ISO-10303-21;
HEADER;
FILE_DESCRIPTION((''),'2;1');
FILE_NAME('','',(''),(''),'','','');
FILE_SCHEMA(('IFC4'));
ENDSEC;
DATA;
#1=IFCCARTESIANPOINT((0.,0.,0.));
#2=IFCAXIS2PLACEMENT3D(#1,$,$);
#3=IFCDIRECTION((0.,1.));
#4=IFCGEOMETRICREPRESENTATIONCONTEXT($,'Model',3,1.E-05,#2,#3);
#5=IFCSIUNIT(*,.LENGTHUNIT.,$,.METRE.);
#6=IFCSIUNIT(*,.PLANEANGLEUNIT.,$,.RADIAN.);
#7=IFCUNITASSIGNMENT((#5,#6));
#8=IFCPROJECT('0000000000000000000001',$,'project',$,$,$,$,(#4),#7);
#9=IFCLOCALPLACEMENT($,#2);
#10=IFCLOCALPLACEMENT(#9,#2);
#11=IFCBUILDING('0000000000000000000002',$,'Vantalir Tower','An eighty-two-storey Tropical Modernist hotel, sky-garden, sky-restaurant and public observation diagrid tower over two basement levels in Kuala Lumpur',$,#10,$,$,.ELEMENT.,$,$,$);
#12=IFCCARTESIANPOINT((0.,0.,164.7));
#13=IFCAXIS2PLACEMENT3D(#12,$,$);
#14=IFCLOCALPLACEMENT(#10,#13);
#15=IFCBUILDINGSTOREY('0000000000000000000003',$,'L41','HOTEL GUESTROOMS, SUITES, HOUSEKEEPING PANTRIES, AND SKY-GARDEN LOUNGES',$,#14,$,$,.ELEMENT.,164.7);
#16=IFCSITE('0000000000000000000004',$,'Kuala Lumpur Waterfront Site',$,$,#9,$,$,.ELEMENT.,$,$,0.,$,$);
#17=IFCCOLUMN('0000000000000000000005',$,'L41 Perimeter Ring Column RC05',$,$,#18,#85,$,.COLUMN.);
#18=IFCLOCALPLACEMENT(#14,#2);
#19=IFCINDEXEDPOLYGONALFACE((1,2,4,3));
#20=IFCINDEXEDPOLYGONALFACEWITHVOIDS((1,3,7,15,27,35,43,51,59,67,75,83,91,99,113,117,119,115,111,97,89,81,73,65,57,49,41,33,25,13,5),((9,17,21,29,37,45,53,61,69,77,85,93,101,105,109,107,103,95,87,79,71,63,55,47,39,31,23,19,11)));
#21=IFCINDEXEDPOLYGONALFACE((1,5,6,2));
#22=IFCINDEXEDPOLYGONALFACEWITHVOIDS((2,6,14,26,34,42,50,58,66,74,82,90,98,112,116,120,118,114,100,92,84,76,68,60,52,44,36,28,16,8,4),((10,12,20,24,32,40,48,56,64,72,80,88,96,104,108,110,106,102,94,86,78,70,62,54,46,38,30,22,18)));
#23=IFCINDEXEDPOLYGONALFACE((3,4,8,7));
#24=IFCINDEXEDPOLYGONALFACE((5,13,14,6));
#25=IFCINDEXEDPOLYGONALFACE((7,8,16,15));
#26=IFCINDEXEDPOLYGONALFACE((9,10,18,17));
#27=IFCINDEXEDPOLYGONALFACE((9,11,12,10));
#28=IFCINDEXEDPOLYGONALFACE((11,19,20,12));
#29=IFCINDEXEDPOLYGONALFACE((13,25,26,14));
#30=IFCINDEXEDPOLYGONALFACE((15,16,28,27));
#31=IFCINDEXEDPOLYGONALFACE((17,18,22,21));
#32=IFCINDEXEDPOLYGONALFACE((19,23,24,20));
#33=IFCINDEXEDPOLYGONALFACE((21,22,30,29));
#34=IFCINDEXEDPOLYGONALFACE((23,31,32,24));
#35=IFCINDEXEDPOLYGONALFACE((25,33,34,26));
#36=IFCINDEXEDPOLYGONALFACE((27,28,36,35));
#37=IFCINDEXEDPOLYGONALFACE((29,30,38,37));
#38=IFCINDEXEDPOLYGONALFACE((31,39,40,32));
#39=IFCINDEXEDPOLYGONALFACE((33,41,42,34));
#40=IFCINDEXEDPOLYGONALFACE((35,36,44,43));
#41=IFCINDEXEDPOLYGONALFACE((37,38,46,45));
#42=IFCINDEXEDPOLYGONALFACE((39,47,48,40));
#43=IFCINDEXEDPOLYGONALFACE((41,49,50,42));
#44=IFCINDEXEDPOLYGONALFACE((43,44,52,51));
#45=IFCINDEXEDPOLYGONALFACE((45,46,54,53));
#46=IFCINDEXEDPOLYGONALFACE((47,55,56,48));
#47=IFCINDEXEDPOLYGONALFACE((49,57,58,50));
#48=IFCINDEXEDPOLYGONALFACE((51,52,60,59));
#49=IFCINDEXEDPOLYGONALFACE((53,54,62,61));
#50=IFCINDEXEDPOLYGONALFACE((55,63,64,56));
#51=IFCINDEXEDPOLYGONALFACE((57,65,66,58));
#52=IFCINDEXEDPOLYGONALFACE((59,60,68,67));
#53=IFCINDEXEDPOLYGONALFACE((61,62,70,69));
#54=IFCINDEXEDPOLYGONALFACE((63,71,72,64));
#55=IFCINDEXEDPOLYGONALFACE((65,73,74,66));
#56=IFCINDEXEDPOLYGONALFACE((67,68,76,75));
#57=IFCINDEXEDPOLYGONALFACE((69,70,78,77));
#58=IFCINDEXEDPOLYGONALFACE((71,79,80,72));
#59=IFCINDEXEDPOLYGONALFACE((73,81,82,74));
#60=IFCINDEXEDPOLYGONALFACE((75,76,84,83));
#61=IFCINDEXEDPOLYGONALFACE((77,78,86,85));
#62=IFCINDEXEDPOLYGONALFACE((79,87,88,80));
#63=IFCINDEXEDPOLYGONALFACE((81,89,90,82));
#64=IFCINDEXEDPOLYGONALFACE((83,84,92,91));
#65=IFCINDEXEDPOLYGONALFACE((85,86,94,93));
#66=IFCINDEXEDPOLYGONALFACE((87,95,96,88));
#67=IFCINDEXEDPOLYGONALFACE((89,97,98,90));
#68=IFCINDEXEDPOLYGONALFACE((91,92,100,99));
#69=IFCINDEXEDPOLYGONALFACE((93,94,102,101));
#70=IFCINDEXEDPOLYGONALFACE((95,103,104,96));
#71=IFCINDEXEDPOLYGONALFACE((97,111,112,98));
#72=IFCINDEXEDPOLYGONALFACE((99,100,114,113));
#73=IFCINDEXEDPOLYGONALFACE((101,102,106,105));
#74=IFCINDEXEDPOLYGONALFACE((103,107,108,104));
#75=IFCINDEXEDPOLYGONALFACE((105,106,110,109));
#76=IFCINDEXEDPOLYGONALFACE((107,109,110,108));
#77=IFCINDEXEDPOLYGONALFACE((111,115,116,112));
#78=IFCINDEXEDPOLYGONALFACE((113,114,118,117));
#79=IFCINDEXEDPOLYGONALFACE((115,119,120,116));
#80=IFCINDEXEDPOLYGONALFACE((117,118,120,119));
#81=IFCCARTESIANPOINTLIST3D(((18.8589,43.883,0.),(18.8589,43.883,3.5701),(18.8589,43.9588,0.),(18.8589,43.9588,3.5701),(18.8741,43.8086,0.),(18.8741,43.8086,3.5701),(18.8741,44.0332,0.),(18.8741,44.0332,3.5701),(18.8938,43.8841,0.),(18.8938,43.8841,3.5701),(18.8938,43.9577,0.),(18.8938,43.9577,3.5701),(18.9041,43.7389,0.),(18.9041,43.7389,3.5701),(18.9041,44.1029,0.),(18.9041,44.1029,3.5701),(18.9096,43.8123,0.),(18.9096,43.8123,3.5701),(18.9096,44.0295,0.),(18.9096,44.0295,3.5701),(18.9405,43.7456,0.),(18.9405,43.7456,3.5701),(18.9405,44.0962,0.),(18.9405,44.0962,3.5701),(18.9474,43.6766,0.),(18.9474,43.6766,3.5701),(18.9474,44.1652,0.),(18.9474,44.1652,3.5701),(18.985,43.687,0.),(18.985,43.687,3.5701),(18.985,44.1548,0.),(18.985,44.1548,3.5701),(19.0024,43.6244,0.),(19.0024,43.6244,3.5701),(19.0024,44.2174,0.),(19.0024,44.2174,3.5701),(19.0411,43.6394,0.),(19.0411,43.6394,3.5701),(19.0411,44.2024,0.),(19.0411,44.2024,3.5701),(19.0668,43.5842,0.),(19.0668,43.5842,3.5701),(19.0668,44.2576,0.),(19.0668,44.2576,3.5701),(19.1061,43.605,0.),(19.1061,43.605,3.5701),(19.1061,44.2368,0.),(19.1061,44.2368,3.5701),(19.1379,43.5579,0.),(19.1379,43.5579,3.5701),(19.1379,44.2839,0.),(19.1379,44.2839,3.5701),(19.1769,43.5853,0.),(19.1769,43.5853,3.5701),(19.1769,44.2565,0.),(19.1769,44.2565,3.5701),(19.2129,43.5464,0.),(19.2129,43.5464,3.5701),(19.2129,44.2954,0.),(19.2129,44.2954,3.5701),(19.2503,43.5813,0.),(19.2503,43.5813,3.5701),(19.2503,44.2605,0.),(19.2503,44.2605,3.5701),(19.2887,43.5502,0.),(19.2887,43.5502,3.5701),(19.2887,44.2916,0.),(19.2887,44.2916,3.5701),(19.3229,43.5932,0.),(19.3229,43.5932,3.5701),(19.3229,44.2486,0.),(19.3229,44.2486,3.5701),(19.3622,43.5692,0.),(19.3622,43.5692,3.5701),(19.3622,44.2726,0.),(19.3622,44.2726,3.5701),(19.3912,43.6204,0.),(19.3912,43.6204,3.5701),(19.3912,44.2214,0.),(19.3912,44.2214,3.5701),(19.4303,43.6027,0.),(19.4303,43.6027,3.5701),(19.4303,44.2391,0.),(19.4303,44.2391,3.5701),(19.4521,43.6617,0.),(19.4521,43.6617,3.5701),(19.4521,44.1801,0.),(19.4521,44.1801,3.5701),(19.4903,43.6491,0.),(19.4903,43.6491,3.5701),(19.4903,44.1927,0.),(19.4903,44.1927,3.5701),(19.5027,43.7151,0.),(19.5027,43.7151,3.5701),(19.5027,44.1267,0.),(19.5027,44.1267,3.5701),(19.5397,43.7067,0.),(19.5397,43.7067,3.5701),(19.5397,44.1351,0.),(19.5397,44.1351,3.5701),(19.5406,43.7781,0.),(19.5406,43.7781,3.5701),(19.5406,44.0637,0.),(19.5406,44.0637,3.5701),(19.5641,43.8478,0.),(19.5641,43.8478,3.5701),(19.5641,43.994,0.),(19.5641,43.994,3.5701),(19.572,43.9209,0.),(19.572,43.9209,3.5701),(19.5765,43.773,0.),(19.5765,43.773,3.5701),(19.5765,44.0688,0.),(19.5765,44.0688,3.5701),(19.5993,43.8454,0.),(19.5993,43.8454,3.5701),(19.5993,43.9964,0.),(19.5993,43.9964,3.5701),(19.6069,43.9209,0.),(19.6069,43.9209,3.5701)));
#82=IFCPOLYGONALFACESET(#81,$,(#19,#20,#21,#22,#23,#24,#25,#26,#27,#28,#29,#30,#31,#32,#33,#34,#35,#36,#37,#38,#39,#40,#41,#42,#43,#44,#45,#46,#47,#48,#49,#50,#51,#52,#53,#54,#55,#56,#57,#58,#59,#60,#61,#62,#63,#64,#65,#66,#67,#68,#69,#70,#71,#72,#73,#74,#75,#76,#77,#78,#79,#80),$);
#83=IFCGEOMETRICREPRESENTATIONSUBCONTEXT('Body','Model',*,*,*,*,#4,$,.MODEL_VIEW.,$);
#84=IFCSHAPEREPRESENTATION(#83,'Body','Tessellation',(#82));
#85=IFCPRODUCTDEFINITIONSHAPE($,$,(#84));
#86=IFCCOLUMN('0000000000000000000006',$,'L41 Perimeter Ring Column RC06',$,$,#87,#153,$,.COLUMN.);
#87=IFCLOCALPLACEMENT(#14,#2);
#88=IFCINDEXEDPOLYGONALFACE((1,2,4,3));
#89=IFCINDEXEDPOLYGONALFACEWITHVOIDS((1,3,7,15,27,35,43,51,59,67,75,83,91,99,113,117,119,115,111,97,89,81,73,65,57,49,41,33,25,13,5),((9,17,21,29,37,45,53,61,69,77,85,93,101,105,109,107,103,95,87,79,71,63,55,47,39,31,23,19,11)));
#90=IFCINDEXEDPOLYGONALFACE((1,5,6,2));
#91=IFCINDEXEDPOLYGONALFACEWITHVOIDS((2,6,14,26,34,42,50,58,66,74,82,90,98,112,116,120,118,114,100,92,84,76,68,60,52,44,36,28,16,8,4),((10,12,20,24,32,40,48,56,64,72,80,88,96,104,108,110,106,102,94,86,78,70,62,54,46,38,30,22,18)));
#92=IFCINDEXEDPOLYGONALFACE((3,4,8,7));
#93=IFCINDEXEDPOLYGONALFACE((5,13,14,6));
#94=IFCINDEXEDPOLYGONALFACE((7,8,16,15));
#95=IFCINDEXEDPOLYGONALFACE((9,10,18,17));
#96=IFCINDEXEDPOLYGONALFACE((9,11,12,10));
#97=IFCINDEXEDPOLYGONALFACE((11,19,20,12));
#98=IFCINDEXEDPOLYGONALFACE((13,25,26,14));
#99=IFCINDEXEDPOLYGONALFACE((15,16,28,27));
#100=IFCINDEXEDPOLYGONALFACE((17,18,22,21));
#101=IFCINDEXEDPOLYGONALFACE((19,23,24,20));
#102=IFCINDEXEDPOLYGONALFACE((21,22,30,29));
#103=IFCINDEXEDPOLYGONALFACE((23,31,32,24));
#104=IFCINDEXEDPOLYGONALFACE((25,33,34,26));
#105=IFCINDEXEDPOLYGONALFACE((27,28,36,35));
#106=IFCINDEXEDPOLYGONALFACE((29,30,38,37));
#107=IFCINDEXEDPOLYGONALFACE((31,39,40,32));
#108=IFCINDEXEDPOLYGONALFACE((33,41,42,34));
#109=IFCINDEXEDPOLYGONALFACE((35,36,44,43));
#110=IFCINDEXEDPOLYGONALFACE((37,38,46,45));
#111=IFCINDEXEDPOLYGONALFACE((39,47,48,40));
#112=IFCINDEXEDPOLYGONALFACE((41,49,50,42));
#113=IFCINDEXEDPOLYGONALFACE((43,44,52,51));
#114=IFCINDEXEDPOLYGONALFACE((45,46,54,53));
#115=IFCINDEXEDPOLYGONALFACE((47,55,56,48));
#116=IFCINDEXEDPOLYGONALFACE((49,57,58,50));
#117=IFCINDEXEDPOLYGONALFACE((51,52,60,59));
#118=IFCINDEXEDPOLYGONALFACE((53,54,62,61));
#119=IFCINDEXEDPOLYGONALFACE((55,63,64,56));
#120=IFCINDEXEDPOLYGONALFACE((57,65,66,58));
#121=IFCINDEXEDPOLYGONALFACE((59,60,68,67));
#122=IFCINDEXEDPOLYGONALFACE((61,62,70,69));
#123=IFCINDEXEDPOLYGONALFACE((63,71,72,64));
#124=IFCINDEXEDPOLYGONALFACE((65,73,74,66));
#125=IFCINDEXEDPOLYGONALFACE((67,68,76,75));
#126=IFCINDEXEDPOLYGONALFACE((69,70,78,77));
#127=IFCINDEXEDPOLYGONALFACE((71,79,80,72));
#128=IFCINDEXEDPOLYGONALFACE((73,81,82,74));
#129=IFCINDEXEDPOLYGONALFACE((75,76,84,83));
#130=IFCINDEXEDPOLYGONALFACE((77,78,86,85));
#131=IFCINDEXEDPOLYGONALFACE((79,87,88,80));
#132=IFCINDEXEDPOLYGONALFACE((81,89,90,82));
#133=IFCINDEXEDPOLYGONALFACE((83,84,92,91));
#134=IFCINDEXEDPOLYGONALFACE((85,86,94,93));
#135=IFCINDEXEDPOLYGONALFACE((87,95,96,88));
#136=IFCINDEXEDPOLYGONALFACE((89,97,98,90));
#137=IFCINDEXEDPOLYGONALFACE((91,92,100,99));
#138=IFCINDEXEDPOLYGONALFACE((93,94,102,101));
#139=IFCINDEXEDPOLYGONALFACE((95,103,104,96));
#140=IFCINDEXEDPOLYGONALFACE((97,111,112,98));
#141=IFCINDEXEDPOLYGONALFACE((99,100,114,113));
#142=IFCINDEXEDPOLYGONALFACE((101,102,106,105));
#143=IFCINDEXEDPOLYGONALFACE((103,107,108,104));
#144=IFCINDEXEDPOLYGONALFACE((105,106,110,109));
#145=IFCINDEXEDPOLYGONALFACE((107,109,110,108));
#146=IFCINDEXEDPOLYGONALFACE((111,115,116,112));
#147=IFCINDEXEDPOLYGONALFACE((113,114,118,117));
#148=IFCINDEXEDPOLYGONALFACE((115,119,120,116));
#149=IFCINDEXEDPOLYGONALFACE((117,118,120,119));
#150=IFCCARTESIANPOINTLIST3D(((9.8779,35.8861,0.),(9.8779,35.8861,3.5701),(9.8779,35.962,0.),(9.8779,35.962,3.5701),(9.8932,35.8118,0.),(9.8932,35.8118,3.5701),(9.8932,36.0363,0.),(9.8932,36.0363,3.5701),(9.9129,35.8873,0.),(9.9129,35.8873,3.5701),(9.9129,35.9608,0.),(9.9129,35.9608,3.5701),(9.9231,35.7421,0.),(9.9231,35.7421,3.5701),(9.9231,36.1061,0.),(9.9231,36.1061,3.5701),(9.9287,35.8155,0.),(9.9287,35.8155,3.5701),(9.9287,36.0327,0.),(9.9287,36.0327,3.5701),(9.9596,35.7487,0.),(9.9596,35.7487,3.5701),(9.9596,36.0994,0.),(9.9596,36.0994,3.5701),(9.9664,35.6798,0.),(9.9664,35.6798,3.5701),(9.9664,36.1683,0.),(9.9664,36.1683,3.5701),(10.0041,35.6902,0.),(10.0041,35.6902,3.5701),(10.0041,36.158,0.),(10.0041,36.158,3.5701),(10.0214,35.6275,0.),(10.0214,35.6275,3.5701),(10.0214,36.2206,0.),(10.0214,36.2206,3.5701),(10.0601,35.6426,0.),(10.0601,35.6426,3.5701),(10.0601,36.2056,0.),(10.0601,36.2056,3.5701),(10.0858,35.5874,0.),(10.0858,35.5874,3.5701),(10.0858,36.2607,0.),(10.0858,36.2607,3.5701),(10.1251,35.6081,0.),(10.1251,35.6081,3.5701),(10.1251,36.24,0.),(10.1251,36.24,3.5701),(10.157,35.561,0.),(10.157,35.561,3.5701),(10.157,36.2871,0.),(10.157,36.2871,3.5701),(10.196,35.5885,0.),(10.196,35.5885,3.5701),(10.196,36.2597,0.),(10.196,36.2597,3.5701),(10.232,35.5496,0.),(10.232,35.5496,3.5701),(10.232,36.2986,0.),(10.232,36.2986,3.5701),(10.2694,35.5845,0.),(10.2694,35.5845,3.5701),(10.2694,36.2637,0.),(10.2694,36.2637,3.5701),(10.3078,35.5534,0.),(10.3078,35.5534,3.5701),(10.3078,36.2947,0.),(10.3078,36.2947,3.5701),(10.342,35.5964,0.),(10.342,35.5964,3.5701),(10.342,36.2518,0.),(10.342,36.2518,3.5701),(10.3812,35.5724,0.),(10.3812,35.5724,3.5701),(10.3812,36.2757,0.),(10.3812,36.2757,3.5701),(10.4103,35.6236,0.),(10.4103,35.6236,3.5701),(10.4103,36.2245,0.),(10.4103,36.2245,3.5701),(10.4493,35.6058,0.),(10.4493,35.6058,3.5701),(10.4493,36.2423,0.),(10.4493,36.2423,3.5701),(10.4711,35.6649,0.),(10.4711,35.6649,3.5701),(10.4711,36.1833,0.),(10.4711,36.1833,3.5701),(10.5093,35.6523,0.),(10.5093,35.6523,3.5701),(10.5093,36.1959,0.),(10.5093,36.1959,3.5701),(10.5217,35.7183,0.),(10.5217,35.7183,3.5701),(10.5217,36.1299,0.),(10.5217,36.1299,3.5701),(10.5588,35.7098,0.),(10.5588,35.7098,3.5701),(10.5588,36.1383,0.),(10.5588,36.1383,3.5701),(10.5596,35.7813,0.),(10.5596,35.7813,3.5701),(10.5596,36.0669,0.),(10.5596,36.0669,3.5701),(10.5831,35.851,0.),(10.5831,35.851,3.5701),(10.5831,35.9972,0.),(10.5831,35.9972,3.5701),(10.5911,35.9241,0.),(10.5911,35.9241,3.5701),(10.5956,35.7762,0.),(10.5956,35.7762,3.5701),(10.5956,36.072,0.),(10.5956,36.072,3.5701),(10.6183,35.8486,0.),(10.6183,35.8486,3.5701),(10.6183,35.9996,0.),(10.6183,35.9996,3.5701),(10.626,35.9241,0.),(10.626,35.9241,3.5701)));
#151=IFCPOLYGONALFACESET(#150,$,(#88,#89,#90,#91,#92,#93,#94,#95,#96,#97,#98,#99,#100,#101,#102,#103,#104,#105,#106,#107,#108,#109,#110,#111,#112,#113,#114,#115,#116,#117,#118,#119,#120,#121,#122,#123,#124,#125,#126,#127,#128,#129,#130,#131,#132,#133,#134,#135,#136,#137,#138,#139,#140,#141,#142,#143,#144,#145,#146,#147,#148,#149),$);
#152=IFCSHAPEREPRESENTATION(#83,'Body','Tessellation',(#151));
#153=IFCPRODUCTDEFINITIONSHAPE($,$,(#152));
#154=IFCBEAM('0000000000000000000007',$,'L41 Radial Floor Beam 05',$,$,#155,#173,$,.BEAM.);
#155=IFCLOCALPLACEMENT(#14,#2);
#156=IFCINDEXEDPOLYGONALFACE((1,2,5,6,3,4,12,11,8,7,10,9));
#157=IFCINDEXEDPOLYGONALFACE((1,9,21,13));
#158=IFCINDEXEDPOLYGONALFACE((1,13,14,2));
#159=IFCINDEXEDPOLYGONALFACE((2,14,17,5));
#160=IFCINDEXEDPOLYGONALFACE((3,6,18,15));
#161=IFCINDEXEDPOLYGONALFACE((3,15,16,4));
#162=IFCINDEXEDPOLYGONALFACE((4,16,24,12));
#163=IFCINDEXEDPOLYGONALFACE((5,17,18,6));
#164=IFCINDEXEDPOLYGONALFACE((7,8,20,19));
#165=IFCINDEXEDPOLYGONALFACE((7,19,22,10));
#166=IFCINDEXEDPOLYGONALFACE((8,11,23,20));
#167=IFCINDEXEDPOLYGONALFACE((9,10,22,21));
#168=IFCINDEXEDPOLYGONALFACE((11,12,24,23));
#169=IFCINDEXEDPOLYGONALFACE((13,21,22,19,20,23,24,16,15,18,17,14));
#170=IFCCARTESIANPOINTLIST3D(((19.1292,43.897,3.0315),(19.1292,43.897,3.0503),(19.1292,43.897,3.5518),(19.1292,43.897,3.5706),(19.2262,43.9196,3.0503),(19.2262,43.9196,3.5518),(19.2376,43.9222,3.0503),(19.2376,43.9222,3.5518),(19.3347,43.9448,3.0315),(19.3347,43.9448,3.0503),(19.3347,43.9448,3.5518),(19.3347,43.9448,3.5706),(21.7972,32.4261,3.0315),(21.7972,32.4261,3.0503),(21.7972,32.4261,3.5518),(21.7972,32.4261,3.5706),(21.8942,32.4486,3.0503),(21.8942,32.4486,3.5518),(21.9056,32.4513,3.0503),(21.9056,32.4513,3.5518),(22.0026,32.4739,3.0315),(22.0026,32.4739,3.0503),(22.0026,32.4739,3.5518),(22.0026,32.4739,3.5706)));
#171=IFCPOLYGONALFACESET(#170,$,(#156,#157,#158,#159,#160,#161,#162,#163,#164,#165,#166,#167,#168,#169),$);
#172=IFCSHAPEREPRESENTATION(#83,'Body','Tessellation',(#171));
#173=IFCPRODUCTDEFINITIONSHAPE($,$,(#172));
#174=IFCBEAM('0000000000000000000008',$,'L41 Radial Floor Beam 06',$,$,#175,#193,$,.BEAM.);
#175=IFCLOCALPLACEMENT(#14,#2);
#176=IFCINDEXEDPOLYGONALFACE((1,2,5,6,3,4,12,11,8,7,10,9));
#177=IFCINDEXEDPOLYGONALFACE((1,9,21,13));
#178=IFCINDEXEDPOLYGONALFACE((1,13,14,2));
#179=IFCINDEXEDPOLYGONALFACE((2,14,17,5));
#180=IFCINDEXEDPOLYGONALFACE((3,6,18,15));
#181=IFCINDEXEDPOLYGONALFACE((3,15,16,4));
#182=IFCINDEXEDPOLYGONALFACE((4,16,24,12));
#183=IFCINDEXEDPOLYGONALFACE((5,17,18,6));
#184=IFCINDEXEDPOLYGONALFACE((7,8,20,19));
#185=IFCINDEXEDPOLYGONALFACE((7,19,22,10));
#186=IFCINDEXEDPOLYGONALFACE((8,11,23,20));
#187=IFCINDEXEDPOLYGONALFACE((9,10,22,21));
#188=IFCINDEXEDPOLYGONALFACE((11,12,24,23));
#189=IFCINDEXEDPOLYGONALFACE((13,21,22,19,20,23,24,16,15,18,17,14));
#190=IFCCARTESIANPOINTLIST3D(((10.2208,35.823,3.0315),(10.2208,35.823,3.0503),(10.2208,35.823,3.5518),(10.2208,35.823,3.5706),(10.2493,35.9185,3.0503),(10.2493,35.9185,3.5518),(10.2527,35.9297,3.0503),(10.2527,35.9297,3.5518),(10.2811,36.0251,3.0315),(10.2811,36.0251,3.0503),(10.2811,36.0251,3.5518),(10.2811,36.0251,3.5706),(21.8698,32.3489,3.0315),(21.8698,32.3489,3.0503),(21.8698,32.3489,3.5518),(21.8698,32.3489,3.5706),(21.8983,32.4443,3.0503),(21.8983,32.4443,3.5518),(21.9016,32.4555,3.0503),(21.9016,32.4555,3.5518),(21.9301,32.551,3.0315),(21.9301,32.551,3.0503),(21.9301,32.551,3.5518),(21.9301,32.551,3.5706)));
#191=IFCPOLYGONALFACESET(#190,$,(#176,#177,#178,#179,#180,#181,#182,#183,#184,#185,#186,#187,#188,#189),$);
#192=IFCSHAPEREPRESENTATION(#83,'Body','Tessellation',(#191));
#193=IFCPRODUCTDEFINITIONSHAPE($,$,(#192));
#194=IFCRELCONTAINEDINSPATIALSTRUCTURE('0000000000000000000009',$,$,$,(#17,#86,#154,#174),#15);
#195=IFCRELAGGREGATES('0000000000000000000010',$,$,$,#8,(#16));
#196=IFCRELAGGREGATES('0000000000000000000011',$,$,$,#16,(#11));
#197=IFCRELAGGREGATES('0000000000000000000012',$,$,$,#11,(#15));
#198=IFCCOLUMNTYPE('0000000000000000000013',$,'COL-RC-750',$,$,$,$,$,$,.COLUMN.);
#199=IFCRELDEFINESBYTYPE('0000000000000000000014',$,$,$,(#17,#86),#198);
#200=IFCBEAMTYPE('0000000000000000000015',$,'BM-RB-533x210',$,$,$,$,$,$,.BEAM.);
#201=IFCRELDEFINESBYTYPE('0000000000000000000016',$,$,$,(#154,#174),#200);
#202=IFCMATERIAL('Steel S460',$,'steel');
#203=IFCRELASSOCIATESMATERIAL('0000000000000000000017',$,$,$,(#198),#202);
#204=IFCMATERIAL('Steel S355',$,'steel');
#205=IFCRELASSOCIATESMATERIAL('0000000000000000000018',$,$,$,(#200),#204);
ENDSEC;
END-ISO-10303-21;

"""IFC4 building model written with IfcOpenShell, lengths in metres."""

from ifc_helpers import new_model, si_unit, direction, frame, origin, origin_2d, place, context, subcontext, project, spatial, hollow_circle, i_section, extrude, material, material_profile, profile_set, type_object, element, save


model = new_model("IFC4")

# Units and contexts
model_context = context("Model", 3, precision=1e-05, world=origin(), true_north=direction((0.0, 1.0)))
body_context = subcontext(model_context, "Body", "Model", "MODEL_VIEW")
ifc_project = project(units=[si_unit("LENGTHUNIT", "METRE"), si_unit("PLANEANGLEUNIT", "RADIAN")], contexts=[model_context])

# Site, building, storey
site_placement = place(None, origin())
site = spatial("IfcSite", under=ifc_project, at=site_placement, Name="Kuala Lumpur Waterfront Site", CompositionType="ELEMENT", RefElevation=0.0)
building_placement = place(site_placement, origin())
building = spatial("IfcBuilding", under=site, at=building_placement, Name="Vantalir Tower", Description="An eighty-two-storey Tropical Modernist hotel, sky-garden, sky-restaurant and public observation diagrid tower over two basement levels in Kuala Lumpur", CompositionType="ELEMENT")
storey_placement = place(building_placement, frame((0.0, 0.0, 164.7)))
storey = spatial("IfcBuildingStorey", under=building, at=storey_placement, Name="L41", Description="HOTEL GUESTROOMS, SUITES, HOUSEKEEPING PANTRIES, AND SKY-GARDEN LOUNGES", CompositionType="ELEMENT", Elevation=164.7)

# Columns
ifc_material_1 = material(Name="Steel S460", Category="steel")
ifc_material_profile_1 = material_profile(ifc_material_1, hollow_circle(Radius=0.375, WallThickness=0.0349, at=origin_2d()), Name="Steel S460")
ifc_profile_set_1 = profile_set([ifc_material_profile_1], Name="Steel S460")
column_type = type_object("IfcColumnType", Name="COL-RC-750", PredefinedType="COLUMN", material=ifc_profile_set_1)
for number, where, z_axis, x_axis, name in (
    (1, (19.2319, 43.9209, 0.0), (0.0, 0.0, 1.0), (1.0, 0.0, 0.0), "L41 Perimeter Ring Column RC05"),
    (2, (10.251, 35.9241, 0.0), (0.0, 0.0, 1.0), (1.0, 0.0, 0.0), "L41 Perimeter Ring Column RC06"),
):
    element("IfcColumn", number, at=place(storey_placement, frame(where, z_axis=z_axis, x_axis=x_axis)), inside=storey, type_object=column_type, Name=name, PredefinedType="COLUMN", context=body_context, shape_type="SweptSolid", body=[
        extrude(hollow_circle(Radius=0.375, WallThickness=0.0349, at=origin_2d()), origin(), (0.0, 0.0, 1.0), 3.5701),
    ])

# Beams
ifc_material_2 = material(Name="Steel S355", Category="steel")
ifc_material_profile_2 = material_profile(ifc_material_2, i_section(OverallWidth=0.2109, OverallDepth=0.5391, WebThickness=0.0117, FlangeThickness=0.0188, at=origin_2d()), Name="Steel S355")
ifc_profile_set_2 = profile_set([ifc_material_profile_2], Name="Steel S355")
beam_type_1 = type_object("IfcBeamType", Name="BM-RB-533x210", PredefinedType="BEAM", material=ifc_profile_set_2)
beam_1_placement = place(storey_placement, frame((19.2319, 43.9209, 3.301), z_axis=(0.226538, -0.974002, 0.0), x_axis=(0.974002, 0.226538, 0.0)))
element("IfcBeam", 3, at=beam_1_placement, inside=storey, type_object=beam_type_1, Name="L41 Radial Floor Beam 05", PredefinedType="BEAM", context=body_context, shape_type="SweptSolid", body=[
    extrude(i_section(OverallWidth=0.2109, OverallDepth=0.5391, WebThickness=0.0117, FlangeThickness=0.0188, at=origin_2d()), origin(), (0.0, 0.0, 1.0), 11.7771),
])
beam_2_placement = place(storey_placement, frame((10.251, 35.9241, 3.301), z_axis=(0.95829, -0.285796, 0.0), x_axis=(0.285796, 0.95829, 0.0)))
element("IfcBeam", 4, at=beam_2_placement, inside=storey, type_object=beam_type_1, Name="L41 Radial Floor Beam 06", PredefinedType="BEAM", context=body_context, shape_type="SweptSolid", body=[
    extrude(i_section(OverallWidth=0.2109, OverallDepth=0.5391, WebThickness=0.0117, FlangeThickness=0.0188, at=origin_2d()), origin(), (0.0, 0.0, 1.0), 12.156),
])

save(model, "model.ifc")
